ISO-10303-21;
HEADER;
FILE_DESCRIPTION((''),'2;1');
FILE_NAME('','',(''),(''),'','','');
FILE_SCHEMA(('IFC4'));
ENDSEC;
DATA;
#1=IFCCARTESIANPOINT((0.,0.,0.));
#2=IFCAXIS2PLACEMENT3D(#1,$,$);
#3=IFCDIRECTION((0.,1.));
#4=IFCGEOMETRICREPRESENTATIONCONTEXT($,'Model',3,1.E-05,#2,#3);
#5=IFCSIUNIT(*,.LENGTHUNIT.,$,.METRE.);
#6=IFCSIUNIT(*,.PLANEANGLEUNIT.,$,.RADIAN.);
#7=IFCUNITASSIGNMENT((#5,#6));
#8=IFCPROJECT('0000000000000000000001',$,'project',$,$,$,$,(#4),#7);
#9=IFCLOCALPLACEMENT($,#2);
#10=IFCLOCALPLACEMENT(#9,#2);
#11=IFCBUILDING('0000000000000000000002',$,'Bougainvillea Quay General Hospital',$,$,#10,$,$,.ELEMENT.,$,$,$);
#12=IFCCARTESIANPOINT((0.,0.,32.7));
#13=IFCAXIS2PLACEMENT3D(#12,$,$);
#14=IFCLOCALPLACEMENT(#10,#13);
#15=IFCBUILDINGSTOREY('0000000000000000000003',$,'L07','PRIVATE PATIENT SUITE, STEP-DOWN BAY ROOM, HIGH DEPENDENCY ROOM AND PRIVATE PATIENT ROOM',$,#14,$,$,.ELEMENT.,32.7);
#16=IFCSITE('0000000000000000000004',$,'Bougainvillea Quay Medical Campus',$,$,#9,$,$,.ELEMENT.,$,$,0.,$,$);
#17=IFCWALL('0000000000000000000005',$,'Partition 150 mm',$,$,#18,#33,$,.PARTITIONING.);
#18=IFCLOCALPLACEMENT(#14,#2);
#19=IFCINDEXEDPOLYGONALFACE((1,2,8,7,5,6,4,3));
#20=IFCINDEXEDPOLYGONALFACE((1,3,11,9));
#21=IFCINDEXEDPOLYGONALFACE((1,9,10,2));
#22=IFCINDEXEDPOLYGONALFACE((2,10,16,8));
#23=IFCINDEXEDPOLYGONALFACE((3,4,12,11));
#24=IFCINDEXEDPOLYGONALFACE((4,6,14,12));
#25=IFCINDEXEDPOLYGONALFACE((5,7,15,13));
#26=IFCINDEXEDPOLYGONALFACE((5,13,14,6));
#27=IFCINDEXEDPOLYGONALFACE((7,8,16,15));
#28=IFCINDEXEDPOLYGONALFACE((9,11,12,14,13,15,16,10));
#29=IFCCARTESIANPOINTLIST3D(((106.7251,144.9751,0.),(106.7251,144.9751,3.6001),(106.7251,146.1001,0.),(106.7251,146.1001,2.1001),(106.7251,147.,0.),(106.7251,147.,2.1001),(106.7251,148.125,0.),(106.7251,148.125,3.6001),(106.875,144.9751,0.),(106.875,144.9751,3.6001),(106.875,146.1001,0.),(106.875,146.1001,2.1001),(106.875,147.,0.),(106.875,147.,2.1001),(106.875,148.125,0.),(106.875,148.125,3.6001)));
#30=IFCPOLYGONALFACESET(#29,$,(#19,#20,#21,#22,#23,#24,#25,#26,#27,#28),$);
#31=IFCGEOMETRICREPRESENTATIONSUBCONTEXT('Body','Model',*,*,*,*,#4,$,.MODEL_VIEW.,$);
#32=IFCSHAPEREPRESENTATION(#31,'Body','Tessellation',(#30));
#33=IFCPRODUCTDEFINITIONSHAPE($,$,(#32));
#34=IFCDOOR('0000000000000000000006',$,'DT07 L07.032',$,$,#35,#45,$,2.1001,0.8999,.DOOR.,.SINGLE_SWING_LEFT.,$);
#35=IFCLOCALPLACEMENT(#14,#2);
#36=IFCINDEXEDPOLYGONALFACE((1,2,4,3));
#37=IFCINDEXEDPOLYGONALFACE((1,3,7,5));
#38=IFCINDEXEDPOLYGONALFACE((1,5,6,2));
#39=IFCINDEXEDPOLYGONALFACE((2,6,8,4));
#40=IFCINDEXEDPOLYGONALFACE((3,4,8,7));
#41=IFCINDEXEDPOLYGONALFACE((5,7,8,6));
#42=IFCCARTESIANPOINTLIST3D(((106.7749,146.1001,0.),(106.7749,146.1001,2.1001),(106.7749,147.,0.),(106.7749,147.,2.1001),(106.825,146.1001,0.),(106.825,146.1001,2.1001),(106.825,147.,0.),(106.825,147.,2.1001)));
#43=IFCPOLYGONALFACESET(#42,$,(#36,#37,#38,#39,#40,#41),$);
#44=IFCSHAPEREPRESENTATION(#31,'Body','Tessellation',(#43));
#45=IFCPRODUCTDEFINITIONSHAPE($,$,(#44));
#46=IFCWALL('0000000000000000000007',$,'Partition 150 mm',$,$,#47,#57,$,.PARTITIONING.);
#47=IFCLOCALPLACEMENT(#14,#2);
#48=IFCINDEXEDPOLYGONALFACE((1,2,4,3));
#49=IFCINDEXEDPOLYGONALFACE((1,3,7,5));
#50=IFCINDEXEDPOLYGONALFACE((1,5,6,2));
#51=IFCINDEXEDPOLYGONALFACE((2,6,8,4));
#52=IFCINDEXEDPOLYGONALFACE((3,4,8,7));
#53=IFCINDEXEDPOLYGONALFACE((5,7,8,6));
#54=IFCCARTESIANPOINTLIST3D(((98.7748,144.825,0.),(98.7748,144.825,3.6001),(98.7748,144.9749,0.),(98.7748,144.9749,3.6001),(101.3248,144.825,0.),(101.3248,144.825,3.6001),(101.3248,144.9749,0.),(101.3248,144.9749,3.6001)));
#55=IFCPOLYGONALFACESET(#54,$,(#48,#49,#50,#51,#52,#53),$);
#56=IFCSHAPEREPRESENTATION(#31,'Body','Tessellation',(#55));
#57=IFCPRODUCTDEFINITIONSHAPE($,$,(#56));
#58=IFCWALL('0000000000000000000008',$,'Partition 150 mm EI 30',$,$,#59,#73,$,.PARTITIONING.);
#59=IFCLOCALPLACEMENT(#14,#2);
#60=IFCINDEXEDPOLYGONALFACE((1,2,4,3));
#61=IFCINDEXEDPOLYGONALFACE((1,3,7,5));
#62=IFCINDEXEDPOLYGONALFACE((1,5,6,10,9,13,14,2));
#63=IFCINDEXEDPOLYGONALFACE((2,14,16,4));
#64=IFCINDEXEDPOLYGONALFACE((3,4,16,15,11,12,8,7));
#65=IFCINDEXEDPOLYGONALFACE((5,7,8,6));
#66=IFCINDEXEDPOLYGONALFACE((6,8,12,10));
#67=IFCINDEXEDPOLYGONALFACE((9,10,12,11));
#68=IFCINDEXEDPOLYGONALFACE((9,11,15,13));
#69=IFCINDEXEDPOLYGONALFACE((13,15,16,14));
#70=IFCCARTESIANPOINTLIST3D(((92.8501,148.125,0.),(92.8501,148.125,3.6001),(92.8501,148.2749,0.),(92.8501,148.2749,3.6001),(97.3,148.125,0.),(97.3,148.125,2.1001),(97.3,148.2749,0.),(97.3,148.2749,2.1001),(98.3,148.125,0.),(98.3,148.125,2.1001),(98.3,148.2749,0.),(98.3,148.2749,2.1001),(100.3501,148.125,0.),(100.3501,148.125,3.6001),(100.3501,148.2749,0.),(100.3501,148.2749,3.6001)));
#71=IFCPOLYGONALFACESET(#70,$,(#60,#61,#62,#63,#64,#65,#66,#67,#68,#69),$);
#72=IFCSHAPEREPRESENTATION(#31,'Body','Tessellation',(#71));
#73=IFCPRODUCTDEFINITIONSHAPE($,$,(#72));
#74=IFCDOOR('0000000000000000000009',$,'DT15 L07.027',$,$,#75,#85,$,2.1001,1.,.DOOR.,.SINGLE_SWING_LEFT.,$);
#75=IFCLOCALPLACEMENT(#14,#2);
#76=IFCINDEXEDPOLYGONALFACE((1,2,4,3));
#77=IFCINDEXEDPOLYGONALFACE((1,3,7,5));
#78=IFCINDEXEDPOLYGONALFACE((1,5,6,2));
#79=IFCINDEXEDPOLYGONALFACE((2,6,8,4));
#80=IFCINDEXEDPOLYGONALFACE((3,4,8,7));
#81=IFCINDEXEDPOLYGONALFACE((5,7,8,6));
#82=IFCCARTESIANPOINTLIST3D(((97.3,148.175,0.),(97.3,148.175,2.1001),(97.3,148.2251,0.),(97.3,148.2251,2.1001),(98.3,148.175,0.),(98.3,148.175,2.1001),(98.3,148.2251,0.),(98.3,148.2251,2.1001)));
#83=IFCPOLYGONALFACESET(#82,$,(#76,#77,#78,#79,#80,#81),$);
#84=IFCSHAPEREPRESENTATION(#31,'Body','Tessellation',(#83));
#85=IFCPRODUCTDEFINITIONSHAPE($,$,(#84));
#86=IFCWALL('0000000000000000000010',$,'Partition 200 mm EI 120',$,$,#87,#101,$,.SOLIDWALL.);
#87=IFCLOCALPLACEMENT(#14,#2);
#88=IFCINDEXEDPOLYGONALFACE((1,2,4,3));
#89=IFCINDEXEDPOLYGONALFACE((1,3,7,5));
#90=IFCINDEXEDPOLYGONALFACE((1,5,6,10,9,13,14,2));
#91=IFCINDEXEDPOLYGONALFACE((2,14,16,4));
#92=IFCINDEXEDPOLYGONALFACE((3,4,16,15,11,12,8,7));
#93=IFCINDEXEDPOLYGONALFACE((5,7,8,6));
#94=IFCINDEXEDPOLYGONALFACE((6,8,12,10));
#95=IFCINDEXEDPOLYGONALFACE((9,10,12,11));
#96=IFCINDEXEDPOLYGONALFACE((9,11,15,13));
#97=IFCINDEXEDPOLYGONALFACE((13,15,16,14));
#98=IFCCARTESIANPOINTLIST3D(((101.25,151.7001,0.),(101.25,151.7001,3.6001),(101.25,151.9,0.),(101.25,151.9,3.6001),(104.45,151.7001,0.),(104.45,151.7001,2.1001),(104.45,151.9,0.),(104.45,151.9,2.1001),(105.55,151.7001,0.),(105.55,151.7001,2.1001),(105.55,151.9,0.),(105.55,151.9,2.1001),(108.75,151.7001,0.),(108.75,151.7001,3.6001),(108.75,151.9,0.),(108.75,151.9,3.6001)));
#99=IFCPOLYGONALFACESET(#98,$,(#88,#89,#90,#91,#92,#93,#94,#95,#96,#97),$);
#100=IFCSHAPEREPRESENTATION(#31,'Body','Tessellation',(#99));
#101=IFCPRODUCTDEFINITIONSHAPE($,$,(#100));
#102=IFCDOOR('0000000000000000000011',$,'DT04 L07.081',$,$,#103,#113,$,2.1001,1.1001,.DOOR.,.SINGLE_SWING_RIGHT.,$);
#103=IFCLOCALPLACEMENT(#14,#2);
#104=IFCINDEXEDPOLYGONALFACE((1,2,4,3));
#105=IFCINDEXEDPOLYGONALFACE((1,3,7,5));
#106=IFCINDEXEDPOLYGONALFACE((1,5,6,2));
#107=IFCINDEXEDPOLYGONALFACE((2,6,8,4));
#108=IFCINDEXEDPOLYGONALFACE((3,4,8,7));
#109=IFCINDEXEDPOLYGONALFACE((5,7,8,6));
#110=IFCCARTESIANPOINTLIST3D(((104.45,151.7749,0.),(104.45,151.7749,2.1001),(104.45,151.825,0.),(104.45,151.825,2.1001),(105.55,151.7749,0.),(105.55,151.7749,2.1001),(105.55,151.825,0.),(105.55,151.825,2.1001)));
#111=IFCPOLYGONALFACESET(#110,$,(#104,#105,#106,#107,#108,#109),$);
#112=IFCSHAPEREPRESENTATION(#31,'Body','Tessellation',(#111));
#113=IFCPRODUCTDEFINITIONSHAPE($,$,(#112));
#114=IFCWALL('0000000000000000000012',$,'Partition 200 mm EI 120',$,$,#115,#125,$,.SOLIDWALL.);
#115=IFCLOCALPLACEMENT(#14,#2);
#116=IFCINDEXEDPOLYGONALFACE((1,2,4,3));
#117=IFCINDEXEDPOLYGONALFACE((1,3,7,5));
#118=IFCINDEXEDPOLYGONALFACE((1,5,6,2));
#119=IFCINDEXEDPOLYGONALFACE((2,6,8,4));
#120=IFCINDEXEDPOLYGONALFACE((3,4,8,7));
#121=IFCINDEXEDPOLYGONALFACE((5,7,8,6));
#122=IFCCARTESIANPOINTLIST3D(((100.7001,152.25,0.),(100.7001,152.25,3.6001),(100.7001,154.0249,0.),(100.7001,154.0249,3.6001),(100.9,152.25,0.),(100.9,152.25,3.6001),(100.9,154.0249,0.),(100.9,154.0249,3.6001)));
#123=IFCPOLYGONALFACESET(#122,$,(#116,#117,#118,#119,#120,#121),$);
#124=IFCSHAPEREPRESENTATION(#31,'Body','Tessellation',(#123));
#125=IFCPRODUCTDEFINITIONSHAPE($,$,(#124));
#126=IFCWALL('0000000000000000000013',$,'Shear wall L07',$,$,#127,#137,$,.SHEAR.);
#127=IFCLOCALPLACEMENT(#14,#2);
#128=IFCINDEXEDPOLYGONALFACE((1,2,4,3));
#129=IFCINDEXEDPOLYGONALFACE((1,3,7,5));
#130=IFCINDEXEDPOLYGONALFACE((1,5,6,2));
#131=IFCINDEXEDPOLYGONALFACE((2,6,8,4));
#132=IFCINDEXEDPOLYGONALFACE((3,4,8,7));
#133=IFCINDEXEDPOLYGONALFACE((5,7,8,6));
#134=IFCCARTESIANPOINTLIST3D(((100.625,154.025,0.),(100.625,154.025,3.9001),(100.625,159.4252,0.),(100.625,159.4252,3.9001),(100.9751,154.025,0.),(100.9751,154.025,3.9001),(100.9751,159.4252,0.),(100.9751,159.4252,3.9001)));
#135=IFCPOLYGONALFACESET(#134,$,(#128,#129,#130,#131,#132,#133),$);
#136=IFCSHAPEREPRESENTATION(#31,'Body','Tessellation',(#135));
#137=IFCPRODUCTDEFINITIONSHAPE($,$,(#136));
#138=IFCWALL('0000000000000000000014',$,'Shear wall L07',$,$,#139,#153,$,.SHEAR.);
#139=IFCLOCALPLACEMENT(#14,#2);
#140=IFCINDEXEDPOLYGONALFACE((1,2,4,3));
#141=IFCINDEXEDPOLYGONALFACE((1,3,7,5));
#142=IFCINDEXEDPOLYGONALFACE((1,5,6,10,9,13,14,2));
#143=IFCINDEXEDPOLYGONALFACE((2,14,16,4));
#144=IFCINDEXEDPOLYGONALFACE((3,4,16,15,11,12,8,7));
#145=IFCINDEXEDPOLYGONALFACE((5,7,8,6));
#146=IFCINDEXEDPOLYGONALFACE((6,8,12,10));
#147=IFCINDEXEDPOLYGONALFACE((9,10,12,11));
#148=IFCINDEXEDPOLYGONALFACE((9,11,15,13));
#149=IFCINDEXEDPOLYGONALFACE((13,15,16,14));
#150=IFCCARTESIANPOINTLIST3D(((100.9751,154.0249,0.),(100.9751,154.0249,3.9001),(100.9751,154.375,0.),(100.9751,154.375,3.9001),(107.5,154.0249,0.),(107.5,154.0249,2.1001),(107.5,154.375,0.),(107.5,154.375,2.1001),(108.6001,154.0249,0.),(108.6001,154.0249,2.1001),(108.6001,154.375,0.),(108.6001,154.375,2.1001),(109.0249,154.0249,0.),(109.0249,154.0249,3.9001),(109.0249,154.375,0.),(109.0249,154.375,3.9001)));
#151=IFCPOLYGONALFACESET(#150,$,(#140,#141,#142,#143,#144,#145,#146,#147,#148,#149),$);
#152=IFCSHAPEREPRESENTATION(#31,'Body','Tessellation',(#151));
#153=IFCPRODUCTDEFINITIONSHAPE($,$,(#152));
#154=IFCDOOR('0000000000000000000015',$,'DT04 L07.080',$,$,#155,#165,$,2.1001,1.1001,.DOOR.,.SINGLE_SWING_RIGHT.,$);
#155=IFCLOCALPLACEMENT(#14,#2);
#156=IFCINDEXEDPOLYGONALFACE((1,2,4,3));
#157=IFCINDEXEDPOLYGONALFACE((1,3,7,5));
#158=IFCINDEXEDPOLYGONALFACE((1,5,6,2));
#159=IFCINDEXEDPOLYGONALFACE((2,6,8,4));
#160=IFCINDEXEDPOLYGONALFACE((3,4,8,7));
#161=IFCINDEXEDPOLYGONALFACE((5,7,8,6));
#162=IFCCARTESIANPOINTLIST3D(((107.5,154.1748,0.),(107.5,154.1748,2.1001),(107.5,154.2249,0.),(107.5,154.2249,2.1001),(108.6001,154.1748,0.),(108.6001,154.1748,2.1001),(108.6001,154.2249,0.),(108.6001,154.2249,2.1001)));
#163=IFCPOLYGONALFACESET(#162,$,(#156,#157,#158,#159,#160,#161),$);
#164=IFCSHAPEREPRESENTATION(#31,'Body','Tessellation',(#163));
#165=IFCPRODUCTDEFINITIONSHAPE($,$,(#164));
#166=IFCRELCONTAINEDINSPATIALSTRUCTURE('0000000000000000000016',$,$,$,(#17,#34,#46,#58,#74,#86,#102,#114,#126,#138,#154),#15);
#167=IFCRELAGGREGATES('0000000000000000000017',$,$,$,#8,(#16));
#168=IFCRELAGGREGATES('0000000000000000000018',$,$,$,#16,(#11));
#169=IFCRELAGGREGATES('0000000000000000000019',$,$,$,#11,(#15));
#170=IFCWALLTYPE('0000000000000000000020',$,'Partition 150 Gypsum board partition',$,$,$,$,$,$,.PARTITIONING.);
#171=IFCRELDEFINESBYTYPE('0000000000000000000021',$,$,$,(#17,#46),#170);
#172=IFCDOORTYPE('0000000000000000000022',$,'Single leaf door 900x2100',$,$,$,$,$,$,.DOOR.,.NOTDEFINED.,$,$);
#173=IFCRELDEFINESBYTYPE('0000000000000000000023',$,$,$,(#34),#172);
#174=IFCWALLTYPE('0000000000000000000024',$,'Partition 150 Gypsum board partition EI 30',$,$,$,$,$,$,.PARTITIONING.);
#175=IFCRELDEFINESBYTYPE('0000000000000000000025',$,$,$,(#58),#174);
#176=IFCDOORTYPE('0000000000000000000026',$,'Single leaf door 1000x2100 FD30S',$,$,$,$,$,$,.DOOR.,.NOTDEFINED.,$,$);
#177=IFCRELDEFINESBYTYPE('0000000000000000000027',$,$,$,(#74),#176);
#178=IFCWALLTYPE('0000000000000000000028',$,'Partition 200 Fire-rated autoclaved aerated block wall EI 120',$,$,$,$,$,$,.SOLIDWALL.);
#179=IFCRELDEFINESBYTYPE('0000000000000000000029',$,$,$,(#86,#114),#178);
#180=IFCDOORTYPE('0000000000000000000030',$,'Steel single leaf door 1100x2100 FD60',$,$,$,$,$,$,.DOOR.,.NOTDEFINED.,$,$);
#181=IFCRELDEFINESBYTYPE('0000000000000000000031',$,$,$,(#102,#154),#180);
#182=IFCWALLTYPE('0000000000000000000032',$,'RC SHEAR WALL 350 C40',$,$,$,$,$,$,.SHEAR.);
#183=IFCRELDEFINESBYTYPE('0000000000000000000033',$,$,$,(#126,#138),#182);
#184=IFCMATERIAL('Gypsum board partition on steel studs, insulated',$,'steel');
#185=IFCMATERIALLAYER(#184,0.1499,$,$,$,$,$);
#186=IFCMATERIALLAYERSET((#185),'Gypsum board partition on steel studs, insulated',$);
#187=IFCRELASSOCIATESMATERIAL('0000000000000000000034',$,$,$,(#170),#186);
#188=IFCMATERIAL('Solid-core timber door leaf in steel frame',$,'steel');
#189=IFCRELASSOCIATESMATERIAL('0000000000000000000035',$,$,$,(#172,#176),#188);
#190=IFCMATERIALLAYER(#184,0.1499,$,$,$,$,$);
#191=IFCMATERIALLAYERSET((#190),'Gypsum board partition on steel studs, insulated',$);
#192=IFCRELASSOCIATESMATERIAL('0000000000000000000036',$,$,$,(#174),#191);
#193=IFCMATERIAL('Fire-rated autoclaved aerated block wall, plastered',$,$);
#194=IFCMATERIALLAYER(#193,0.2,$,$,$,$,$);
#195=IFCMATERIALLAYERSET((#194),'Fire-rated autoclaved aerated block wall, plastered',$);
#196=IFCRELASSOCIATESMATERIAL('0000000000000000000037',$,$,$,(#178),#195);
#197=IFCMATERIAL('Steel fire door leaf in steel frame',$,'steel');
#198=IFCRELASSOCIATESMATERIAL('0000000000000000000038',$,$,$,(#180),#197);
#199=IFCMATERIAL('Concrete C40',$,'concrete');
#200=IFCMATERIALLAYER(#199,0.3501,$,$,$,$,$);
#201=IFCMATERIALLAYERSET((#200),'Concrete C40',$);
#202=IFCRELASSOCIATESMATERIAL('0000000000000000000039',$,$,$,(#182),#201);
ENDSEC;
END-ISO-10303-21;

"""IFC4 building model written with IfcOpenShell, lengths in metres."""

from ifc_helpers import new_model, si_unit, direction, frame, frame_2d, origin, place, context, subcontext, project, spatial, rectangle, extrude, material, layer, layer_set, type_object, element, fill, save


model = new_model("IFC4")

# Units and contexts
model_context = context("Model", 3, precision=1e-05, world=origin(), true_north=direction((0.0, 1.0)))
body_context = subcontext(model_context, "Body", "Model", "MODEL_VIEW")
ifc_project = project(units=[si_unit("LENGTHUNIT", "METRE"), si_unit("PLANEANGLEUNIT", "RADIAN")], contexts=[model_context])

# Site, building, storey
site_placement = place(None, origin())
site = spatial("IfcSite", under=ifc_project, at=site_placement, Name="Bougainvillea Quay Medical Campus", CompositionType="ELEMENT", RefElevation=0.0)
building_placement = place(site_placement, origin())
building = spatial("IfcBuilding", under=site, at=building_placement, Name="Bougainvillea Quay General Hospital", CompositionType="ELEMENT")
storey_placement = place(building_placement, frame((0.0, 0.0, 32.7)))
storey = spatial("IfcBuildingStorey", under=building, at=storey_placement, Name="L07", Description="PRIVATE PATIENT SUITE, STEP-DOWN BAY ROOM, HIGH DEPENDENCY ROOM AND PRIVATE PATIENT ROOM", CompositionType="ELEMENT", Elevation=32.7)

# Shared definitions
ifc_material_1 = material(Name="Concrete C40", Category="concrete")

# Shared definitions
ifc_material_2 = material(Name="Gypsum board partition on steel studs, insulated", Category="steel")
ifc_layer_1 = layer(ifc_material_2, 0.1499)
ifc_layer_set_1 = layer_set([ifc_layer_1], Name="Gypsum board partition on steel studs, insulated")
wall_type_1 = type_object("IfcWallType", Name="Partition 150 Gypsum board partition", PredefinedType="PARTITIONING", material=ifc_layer_set_1)

# Wall, opening, door
wall_1_placement = place(storey_placement, frame((106.8, 144.9751, 0.0), z_axis=(0.0, 0.0, 1.0), x_axis=(0.0, 1.0, 0.0)))
wall_1 = element("IfcWall", 1, at=wall_1_placement, inside=storey, type_object=wall_type_1, Name="Partition 150 mm", PredefinedType="PARTITIONING", context=body_context, shape_type="SweptSolid", body=[
    extrude(rectangle(XDim=3.1499, YDim=0.1499, at=frame_2d((1.575, 0.0))), origin(), (0.0, 0.0, 1.0), 3.6001),
])
opening_1_placement = place(wall_1_placement, frame((1.125, 0.0, 0.0)))
opening_1 = element("IfcOpeningElement", 2, at=opening_1_placement, cuts=wall_1, PredefinedType="OPENING", context=body_context, shape_type="SweptSolid", body=[
    extrude(rectangle(XDim=0.8999, YDim=2.1001, at=frame_2d((0.45, 1.05))), frame((0.0, 0.085, 0.0), z_axis=(0.0, -1.0, 0.0), x_axis=(1.0, 0.0, 0.0)), (0.0, 0.0, 1.0), 0.1699),
])
ifc_material_3 = material(Name="Solid-core timber door leaf in steel frame", Category="steel")
door_type_1 = type_object("IfcDoorType", Name="Single leaf door 900x2100", OperationType="NOTDEFINED", PredefinedType="DOOR", material=ifc_material_3)
door_1_placement = place(opening_1_placement, frame((0.8999, 0.0, 0.0), z_axis=(0.0, 0.0, 1.0), x_axis=(-1.0, 0.0, 0.0)))
door_1 = element("IfcDoor", 3, at=door_1_placement, inside=storey, type_object=door_type_1, Name="DT07 L07.032", OperationType="SINGLE_SWING_LEFT", OverallHeight=2.1001, OverallWidth=0.8999, PredefinedType="DOOR", context=body_context, shape_type="SweptSolid", body=[
    extrude(rectangle(XDim=0.8999, YDim=2.1001, at=frame_2d((0.45, 1.05))), frame((0.0, 0.0249, 0.0), z_axis=(0.0, -1.0, 0.0), x_axis=(1.0, 0.0, 0.0)), (0.0, 0.0, 1.0), 0.05),
])
fill(opening_1, door_1)

# Wall
wall_2_placement = place(storey_placement, frame((98.7749, 144.8999, 0.0), z_axis=(0.0, 0.0, 1.0), x_axis=(1.0, 0.0, 0.0)))
element("IfcWall", 4, at=wall_2_placement, inside=storey, type_object=wall_type_1, Name="Partition 150 mm", PredefinedType="PARTITIONING", context=body_context, shape_type="SweptSolid", body=[
    extrude(rectangle(XDim=2.55, YDim=0.1499, at=frame_2d((1.2749, 0.0))), origin(), (0.0, 0.0, 1.0), 3.6001),
])

# Walls, openings, doors
ifc_layer_2 = layer(ifc_material_2, 0.1499)
ifc_layer_set_2 = layer_set([ifc_layer_2], Name="Gypsum board partition on steel studs, insulated")
wall_type_2 = type_object("IfcWallType", Name="Partition 150 Gypsum board partition EI 30", PredefinedType="PARTITIONING", material=ifc_layer_set_2)
wall_3_placement = place(storey_placement, frame((100.3501, 148.2, 0.0), z_axis=(0.0, 0.0, 1.0), x_axis=(-1.0, 0.0, 0.0)))
wall_3 = element("IfcWall", 5, at=wall_3_placement, inside=storey, type_object=wall_type_2, Name="Partition 150 mm EI 30", PredefinedType="PARTITIONING", context=body_context, shape_type="SweptSolid", body=[
    extrude(rectangle(XDim=7.5, YDim=0.1499, at=frame_2d((3.75, 0.0))), origin(), (0.0, 0.0, 1.0), 3.6001),
])
opening_2_placement = place(wall_3_placement, frame((2.05, 0.0, 0.0)))
opening_2 = element("IfcOpeningElement", 6, at=opening_2_placement, cuts=wall_3, PredefinedType="OPENING", context=body_context, shape_type="SweptSolid", body=[
    extrude(rectangle(XDim=1.0, YDim=2.1001, at=frame_2d((0.5, 1.05))), frame((0.0, 0.085, 0.0), z_axis=(0.0, -1.0, 0.0), x_axis=(1.0, 0.0, 0.0)), (0.0, 0.0, 1.0), 0.1699),
])
door_type_2 = type_object("IfcDoorType", Name="Single leaf door 1000x2100 FD30S", OperationType="NOTDEFINED", PredefinedType="DOOR", material=ifc_material_3)
door_2_placement = place(opening_2_placement, origin())
door_2 = element("IfcDoor", 7, at=door_2_placement, inside=storey, type_object=door_type_2, Name="DT15 L07.027", OperationType="SINGLE_SWING_LEFT", OverallHeight=2.1001, OverallWidth=1.0, PredefinedType="DOOR", context=body_context, shape_type="SweptSolid", body=[
    extrude(rectangle(XDim=1.0, YDim=2.1001, at=frame_2d((0.5, 1.05))), frame((0.0, 0.0249, 0.0), z_axis=(0.0, -1.0, 0.0), x_axis=(1.0, 0.0, 0.0)), (0.0, 0.0, 1.0), 0.05),
])
fill(opening_2, door_2)
ifc_material_4 = material(Name="Fire-rated autoclaved aerated block wall, plastered")
ifc_layer_3 = layer(ifc_material_4, 0.2)
ifc_layer_set_3 = layer_set([ifc_layer_3], Name="Fire-rated autoclaved aerated block wall, plastered")
wall_type_3 = type_object("IfcWallType", Name="Partition 200 Fire-rated autoclaved aerated block wall EI 120", PredefinedType="SOLIDWALL", material=ifc_layer_set_3)
wall_4_placement = place(storey_placement, frame((101.25, 151.8, 0.0), z_axis=(0.0, 0.0, 1.0), x_axis=(1.0, 0.0, 0.0)))
wall_4 = element("IfcWall", 8, at=wall_4_placement, inside=storey, type_object=wall_type_3, Name="Partition 200 mm EI 120", PredefinedType="SOLIDWALL", context=body_context, shape_type="SweptSolid", body=[
    extrude(rectangle(XDim=7.5, YDim=0.2, at=frame_2d((3.75, 0.0))), origin(), (0.0, 0.0, 1.0), 3.6001),
])
opening_3_placement = place(wall_4_placement, frame((3.2, 0.0, 0.0)))
opening_3 = element("IfcOpeningElement", 9, at=opening_3_placement, cuts=wall_4, PredefinedType="OPENING", context=body_context, shape_type="SweptSolid", body=[
    extrude(rectangle(XDim=1.1001, YDim=2.1001, at=frame_2d((0.55, 1.05))), frame((0.0, 0.1099, 0.0), z_axis=(0.0, -1.0, 0.0), x_axis=(1.0, 0.0, 0.0)), (0.0, 0.0, 1.0), 0.22),
])
ifc_material_5 = material(Name="Steel fire door leaf in steel frame", Category="steel")
door_type_3 = type_object("IfcDoorType", Name="Steel single leaf door 1100x2100 FD60", OperationType="NOTDEFINED", PredefinedType="DOOR", material=ifc_material_5)
door_3_placement = place(opening_3_placement, origin())
door_3 = element("IfcDoor", 10, at=door_3_placement, inside=storey, type_object=door_type_3, Name="DT04 L07.081", OperationType="SINGLE_SWING_RIGHT", OverallHeight=2.1001, OverallWidth=1.1001, PredefinedType="DOOR", context=body_context, shape_type="SweptSolid", body=[
    extrude(rectangle(XDim=1.1001, YDim=2.1001, at=frame_2d((0.55, 1.05))), frame((0.0, 0.0249, 0.0), z_axis=(0.0, -1.0, 0.0), x_axis=(1.0, 0.0, 0.0)), (0.0, 0.0, 1.0), 0.05),
])
fill(opening_3, door_3)

# Walls
wall_5_placement = place(storey_placement, frame((100.8, 152.25, 0.0), z_axis=(0.0, 0.0, 1.0), x_axis=(0.0, 1.0, 0.0)))
element("IfcWall", 11, at=wall_5_placement, inside=storey, type_object=wall_type_3, Name="Partition 200 mm EI 120", PredefinedType="SOLIDWALL", context=body_context, shape_type="SweptSolid", body=[
    extrude(rectangle(XDim=1.7749, YDim=0.2, at=frame_2d((0.8875, 0.0))), origin(), (0.0, 0.0, 1.0), 3.6001),
])
ifc_layer_4 = layer(ifc_material_1, 0.3501)
ifc_layer_set_4 = layer_set([ifc_layer_4], Name="Concrete C40")
wall_type_4 = type_object("IfcWallType", Name="RC SHEAR WALL 350 C40", PredefinedType="SHEAR", material=ifc_layer_set_4)
wall_6_placement = place(storey_placement, frame((100.8, 154.0249, 0.0), z_axis=(0.0, 0.0, 1.0), x_axis=(0.0, 1.0, 0.0)))
element("IfcWall", 12, at=wall_6_placement, inside=storey, type_object=wall_type_4, Name="Shear wall L07", PredefinedType="SHEAR", context=body_context, shape_type="SweptSolid", body=[
    extrude(rectangle(XDim=5.4001, YDim=0.3501, at=frame_2d((2.7002, 0.0))), origin(), (0.0, 0.0, 1.0), 3.9001),
])

# Wall, opening, door
wall_7_placement = place(storey_placement, frame((100.9751, 154.2, 0.0), z_axis=(0.0, 0.0, 1.0), x_axis=(1.0, 0.0, 0.0)))
wall_7 = element("IfcWall", 13, at=wall_7_placement, inside=storey, type_object=wall_type_4, Name="Shear wall L07", PredefinedType="SHEAR", context=body_context, shape_type="SweptSolid", body=[
    extrude(rectangle(XDim=8.0498, YDim=0.3501, at=frame_2d((4.0249, 0.0))), origin(), (0.0, 0.0, 1.0), 3.9001),
])
opening_4_placement = place(wall_7_placement, frame((6.5249, 0.0, 0.0)))
opening_4 = element("IfcOpeningElement", 14, at=opening_4_placement, cuts=wall_7, PredefinedType="OPENING", context=body_context, shape_type="SweptSolid", body=[
    extrude(rectangle(XDim=1.1001, YDim=2.1001, at=frame_2d((0.55, 1.05))), frame((0.0, 0.1851, 0.0), z_axis=(0.0, -1.0, 0.0), x_axis=(1.0, 0.0, 0.0)), (0.0, 0.0, 1.0), 0.3701),
])
door_4_placement = place(opening_4_placement, origin())
door_4 = element("IfcDoor", 15, at=door_4_placement, inside=storey, type_object=door_type_3, Name="DT04 L07.080", OperationType="SINGLE_SWING_RIGHT", OverallHeight=2.1001, OverallWidth=1.1001, PredefinedType="DOOR", context=body_context, shape_type="SweptSolid", body=[
    extrude(rectangle(XDim=1.1001, YDim=2.1001, at=frame_2d((0.55, 1.05))), frame((0.0, 0.0249, 0.0), z_axis=(0.0, -1.0, 0.0), x_axis=(1.0, 0.0, 0.0)), (0.0, 0.0, 1.0), 0.05),
])
fill(opening_4, door_4)

save(model, "model.ifc")
